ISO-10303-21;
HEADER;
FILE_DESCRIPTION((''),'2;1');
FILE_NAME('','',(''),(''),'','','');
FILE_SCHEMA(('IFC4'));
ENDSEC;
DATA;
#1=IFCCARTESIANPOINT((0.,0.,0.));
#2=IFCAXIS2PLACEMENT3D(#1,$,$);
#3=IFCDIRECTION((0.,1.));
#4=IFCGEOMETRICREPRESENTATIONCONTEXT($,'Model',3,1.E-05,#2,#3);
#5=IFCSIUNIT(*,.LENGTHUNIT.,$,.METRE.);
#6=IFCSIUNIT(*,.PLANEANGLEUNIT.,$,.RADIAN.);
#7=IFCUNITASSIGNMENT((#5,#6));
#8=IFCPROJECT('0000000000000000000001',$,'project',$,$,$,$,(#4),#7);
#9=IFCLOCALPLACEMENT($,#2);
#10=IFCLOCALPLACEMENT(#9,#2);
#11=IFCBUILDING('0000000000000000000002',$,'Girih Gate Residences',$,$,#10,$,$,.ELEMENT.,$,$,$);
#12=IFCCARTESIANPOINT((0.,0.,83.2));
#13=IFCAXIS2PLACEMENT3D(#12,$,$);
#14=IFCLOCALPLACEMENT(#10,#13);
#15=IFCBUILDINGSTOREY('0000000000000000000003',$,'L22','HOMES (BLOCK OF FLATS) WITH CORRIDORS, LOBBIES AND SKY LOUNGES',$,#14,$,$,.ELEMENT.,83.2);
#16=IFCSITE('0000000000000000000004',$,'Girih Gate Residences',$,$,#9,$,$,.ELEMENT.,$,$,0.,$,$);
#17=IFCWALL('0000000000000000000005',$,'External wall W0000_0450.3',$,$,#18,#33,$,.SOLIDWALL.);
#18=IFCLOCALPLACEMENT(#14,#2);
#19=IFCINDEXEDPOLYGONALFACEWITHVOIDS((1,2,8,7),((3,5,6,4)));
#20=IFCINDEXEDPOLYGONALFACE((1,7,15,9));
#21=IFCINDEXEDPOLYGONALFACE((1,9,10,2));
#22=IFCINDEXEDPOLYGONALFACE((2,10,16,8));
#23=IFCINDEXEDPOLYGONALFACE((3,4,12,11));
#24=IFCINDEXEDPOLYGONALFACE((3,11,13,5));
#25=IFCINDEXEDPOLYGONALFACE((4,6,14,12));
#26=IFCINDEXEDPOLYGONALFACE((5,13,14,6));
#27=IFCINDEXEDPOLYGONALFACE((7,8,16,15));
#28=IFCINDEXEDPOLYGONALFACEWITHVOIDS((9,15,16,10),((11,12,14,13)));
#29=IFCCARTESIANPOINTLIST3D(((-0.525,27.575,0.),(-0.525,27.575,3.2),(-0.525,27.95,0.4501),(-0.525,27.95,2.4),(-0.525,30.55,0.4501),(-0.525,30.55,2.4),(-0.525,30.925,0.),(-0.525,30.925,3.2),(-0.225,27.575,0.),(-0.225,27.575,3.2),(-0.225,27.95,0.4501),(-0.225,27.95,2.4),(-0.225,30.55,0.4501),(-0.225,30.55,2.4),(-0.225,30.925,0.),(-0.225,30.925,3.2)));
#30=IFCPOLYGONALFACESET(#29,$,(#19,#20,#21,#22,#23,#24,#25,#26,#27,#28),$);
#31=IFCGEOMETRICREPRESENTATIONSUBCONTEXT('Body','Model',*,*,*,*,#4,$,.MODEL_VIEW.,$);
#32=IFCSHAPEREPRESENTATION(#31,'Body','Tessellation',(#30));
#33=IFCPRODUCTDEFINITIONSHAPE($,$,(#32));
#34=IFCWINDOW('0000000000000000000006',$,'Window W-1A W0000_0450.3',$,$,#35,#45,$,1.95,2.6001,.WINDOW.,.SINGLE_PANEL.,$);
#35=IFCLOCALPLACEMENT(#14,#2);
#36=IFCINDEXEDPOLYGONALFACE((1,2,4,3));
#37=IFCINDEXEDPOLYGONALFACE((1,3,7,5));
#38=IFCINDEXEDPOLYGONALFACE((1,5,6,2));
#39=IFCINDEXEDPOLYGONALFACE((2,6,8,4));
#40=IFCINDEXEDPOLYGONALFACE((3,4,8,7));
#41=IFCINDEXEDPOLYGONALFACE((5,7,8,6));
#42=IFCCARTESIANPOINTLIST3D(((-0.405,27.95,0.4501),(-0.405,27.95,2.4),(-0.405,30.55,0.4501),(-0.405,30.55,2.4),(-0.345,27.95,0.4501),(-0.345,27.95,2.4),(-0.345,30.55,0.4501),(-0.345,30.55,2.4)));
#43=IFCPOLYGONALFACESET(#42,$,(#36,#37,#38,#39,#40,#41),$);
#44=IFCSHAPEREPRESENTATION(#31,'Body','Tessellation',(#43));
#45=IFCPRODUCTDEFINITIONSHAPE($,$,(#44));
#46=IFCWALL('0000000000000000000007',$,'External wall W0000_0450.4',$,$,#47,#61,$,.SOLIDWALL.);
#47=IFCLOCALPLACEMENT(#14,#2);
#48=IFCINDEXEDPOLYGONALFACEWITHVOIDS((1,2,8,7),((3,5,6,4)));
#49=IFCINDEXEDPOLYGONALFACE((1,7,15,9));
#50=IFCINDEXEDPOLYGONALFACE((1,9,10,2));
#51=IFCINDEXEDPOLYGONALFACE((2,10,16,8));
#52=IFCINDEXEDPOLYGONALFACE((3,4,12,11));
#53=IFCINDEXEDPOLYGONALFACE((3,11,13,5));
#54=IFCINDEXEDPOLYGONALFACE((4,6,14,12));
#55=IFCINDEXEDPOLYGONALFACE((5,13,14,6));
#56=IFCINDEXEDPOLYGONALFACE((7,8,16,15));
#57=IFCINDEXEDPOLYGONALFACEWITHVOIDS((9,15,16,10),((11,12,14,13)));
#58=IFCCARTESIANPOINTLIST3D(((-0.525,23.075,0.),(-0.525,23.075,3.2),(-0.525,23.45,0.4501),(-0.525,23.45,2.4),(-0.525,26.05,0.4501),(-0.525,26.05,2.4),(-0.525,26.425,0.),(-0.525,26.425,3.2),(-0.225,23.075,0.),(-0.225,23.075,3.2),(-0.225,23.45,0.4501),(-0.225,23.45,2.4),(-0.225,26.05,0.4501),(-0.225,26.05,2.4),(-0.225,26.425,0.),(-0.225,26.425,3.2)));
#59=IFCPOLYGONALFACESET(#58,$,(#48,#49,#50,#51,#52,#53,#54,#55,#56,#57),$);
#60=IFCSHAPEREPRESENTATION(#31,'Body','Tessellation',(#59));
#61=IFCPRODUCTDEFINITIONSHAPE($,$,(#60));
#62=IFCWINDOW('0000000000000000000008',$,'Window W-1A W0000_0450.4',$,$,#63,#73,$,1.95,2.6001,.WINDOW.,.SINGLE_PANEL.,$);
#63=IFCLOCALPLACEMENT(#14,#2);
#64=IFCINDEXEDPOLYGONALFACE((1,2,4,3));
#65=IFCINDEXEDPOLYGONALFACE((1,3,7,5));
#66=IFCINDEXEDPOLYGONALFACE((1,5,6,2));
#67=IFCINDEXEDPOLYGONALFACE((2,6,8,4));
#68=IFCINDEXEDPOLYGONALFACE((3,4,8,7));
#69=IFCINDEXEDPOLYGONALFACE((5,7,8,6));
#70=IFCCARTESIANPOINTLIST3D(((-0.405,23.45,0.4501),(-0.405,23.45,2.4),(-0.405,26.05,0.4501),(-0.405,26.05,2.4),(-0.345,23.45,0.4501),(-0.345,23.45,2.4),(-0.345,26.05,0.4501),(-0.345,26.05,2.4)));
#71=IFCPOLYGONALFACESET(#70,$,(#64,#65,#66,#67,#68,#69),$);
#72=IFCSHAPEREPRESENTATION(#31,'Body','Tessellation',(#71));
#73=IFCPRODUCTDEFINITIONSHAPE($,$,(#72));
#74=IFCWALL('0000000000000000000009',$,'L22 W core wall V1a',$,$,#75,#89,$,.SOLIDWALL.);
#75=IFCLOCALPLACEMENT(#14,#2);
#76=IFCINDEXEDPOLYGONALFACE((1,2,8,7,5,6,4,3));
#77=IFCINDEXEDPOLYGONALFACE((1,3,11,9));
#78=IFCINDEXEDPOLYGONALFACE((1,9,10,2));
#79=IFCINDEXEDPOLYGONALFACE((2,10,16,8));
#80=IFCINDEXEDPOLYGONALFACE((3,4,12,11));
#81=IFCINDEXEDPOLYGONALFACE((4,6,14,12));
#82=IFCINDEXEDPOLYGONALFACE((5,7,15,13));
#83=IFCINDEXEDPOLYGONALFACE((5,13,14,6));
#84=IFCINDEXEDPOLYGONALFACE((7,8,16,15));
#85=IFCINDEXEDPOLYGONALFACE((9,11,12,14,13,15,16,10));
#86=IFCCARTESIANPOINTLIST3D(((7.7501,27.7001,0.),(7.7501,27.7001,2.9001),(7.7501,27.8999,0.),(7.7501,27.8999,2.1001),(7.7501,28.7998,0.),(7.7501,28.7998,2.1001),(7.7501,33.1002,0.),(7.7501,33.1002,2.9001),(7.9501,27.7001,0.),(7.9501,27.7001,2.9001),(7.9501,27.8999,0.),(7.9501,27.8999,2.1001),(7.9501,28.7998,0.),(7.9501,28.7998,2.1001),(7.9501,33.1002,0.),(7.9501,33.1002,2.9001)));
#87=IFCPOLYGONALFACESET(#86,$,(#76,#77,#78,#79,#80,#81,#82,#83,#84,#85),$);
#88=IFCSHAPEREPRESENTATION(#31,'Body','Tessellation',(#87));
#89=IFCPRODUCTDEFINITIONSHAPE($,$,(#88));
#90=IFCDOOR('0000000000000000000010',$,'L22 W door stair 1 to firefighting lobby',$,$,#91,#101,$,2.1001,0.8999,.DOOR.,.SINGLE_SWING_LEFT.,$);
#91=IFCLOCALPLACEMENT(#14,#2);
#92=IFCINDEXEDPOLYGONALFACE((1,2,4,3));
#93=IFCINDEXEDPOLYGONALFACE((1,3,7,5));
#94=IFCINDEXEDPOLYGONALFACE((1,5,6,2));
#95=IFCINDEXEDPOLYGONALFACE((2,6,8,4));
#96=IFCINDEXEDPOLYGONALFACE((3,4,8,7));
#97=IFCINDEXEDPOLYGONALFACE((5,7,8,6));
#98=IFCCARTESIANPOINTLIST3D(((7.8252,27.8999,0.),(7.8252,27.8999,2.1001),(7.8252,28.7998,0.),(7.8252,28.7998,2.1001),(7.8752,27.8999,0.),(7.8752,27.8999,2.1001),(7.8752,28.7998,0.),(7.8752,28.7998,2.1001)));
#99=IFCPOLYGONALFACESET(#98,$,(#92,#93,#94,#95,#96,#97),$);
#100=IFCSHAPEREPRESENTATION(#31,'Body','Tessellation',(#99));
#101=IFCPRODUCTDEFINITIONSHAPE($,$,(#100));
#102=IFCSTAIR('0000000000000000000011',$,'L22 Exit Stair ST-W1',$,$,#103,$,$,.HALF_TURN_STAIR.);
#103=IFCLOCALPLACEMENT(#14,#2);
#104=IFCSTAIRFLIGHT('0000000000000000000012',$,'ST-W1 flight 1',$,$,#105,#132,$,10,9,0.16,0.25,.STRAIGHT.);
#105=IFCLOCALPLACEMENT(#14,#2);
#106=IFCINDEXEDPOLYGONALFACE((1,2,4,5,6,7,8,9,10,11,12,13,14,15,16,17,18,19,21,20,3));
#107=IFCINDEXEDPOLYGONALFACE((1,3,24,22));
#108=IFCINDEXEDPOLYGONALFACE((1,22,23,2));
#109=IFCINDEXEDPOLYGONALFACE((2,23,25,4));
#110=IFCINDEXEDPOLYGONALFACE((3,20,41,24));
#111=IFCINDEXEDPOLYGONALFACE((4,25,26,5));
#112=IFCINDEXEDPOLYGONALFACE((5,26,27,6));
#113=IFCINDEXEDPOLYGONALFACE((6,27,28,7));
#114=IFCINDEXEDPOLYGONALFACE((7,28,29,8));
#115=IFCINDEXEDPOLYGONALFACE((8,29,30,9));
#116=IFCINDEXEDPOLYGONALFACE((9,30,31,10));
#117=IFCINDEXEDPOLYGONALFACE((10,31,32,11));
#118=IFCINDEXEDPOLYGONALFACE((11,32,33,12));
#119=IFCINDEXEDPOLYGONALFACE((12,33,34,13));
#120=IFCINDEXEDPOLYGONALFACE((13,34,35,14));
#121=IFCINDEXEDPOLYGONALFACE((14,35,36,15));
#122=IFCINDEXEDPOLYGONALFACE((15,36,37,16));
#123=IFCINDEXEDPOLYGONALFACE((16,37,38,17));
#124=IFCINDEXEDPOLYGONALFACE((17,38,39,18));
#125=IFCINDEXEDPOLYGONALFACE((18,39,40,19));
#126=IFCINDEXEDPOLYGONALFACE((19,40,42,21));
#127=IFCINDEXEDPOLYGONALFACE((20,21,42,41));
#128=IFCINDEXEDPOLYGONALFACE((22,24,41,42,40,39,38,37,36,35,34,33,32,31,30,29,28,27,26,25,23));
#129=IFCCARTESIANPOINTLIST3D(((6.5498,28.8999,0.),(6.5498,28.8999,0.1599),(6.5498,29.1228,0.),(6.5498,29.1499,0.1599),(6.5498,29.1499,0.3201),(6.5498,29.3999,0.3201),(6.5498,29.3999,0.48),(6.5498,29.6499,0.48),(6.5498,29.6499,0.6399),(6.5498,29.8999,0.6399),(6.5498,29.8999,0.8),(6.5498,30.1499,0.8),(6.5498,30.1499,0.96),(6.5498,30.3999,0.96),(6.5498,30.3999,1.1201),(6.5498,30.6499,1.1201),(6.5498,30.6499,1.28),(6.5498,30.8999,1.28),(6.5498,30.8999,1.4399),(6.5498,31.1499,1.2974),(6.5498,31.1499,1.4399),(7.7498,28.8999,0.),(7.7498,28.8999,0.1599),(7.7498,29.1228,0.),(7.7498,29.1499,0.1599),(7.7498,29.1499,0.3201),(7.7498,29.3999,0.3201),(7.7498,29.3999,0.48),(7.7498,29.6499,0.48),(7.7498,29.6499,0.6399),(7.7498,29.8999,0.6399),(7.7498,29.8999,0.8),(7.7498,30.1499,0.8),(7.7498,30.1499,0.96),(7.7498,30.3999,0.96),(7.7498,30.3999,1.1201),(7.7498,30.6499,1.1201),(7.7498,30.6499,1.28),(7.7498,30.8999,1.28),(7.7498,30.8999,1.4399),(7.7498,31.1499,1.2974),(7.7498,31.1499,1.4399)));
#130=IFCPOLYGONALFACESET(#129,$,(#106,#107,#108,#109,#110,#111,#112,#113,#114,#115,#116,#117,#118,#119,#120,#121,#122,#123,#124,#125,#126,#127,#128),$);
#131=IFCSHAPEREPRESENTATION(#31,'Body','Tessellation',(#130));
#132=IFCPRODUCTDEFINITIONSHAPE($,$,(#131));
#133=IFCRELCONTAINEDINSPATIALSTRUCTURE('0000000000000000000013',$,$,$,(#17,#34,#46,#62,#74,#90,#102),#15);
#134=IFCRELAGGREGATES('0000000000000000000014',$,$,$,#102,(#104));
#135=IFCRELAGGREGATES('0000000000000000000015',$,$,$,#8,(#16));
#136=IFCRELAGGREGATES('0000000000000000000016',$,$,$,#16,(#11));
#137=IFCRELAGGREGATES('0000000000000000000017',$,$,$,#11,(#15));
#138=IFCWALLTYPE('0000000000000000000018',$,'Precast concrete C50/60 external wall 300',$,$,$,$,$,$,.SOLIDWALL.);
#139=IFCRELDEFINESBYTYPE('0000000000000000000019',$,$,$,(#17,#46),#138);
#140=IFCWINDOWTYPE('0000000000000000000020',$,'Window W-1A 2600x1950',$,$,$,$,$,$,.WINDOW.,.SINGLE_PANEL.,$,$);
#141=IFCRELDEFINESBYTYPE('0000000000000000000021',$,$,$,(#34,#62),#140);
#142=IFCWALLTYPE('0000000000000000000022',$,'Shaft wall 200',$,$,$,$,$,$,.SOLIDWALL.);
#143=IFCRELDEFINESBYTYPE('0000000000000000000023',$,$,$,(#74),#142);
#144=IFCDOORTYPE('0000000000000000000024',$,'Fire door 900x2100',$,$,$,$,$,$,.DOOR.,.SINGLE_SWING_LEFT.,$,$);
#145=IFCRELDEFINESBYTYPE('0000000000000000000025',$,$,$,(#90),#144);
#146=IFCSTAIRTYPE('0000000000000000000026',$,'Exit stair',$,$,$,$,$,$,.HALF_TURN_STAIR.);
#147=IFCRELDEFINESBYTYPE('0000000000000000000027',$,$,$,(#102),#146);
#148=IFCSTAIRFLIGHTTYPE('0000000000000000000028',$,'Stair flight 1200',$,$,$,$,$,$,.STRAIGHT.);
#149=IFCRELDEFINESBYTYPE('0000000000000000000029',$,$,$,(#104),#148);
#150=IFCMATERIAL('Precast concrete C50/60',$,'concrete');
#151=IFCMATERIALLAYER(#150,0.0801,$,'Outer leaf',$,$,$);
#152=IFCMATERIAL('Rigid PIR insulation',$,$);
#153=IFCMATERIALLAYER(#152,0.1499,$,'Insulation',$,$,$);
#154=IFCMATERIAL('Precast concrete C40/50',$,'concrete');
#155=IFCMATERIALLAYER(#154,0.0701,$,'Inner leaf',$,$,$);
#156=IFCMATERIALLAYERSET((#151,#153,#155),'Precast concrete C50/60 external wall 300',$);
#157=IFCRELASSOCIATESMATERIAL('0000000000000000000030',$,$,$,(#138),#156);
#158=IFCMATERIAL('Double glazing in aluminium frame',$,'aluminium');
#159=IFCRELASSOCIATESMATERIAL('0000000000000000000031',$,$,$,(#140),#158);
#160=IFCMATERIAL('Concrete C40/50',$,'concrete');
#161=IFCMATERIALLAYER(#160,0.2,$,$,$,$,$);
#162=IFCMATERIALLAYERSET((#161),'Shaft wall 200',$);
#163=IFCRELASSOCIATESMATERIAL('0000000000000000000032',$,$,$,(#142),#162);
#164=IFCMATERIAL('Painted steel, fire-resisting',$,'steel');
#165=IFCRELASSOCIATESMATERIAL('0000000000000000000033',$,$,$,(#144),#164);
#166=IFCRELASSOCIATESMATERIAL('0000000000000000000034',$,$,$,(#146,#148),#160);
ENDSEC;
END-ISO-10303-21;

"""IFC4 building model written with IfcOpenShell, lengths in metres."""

from ifc_helpers import new_model, si_unit, direction, frame, frame_2d, origin, place, context, subcontext, project, spatial, polyline, rectangle, outline, extrude, material, layer, layer_set, type_object, element, fill, aggregate, save


model = new_model("IFC4")

# Units and contexts
model_context = context("Model", 3, precision=1e-05, world=origin(), true_north=direction((0.0, 1.0)))
body_context = subcontext(model_context, "Body", "Model", "MODEL_VIEW")
ifc_project = project(units=[si_unit("LENGTHUNIT", "METRE"), si_unit("PLANEANGLEUNIT", "RADIAN")], contexts=[model_context])

# Site, building, storey
site_placement = place(None, origin())
site = spatial("IfcSite", under=ifc_project, at=site_placement, Name="Girih Gate Residences", CompositionType="ELEMENT", RefElevation=0.0)
building_placement = place(site_placement, origin())
building = spatial("IfcBuilding", under=site, at=building_placement, Name="Girih Gate Residences", CompositionType="ELEMENT")
storey_placement = place(building_placement, frame((0.0, 0.0, 83.2)))
storey = spatial("IfcBuildingStorey", under=building, at=storey_placement, Name="L22", Description="HOMES (BLOCK OF FLATS) WITH CORRIDORS, LOBBIES AND SKY LOUNGES", CompositionType="ELEMENT", Elevation=83.2)

# Shared definitions
ifc_material_1 = material(Name="Painted steel, fire-resisting", Category="steel")

# Walls, openings, windows
ifc_material_2 = material(Name="Precast concrete C50/60", Category="concrete")
ifc_layer_1 = layer(ifc_material_2, 0.0801, Name="Outer leaf")
ifc_material_3 = material(Name="Rigid PIR insulation")
ifc_layer_2 = layer(ifc_material_3, 0.1499, Name="Insulation")
ifc_material_4 = material(Name="Precast concrete C40/50", Category="concrete")
ifc_layer_3 = layer(ifc_material_4, 0.0701, Name="Inner leaf")
ifc_layer_set_1 = layer_set([ifc_layer_1, ifc_layer_2, ifc_layer_3], Name="Precast concrete C50/60 external wall 300")
wall_type_1 = type_object("IfcWallType", Name="Precast concrete C50/60 external wall 300", PredefinedType="SOLIDWALL", material=ifc_layer_set_1)
wall_1_placement = place(storey_placement, frame((-0.375, 27.575, 0.0), z_axis=(0.0, 0.0, 1.0), x_axis=(0.0, 1.0, 0.0)))
wall_1 = element("IfcWall", 1, at=wall_1_placement, inside=storey, type_object=wall_type_1, Name="External wall W0000_0450.3", PredefinedType="SOLIDWALL", context=body_context, shape_type="SweptSolid", body=[
    extrude(rectangle(XDim=3.3501, YDim=0.3, at=frame_2d((1.675, 0.0))), origin(), (0.0, 0.0, 1.0), 3.2),
])
opening_1_placement = place(wall_1_placement, frame((0.375, 0.0, 0.45)))
opening_1 = element("IfcOpeningElement", 2, at=opening_1_placement, cuts=wall_1, PredefinedType="OPENING", context=body_context, shape_type="SweptSolid", body=[
    extrude(rectangle(XDim=2.6001, YDim=1.95, at=frame_2d((1.3, 0.9751))), frame((0.0, 0.1599, 0.0), z_axis=(0.0, -1.0, 0.0), x_axis=(1.0, 0.0, 0.0)), (0.0, 0.0, 1.0), 0.3201),
])
ifc_material_5 = material(Name="Double glazing in aluminium frame", Category="aluminium")
window_type = type_object("IfcWindowType", Name="Window W-1A 2600x1950", PartitioningType="SINGLE_PANEL", PredefinedType="WINDOW", material=ifc_material_5)
window_1_placement = place(opening_1_placement, origin())
window_1 = element("IfcWindow", 3, at=window_1_placement, inside=storey, type_object=window_type, Name="Window W-1A W0000_0450.3", OverallHeight=1.95, OverallWidth=2.6001, PartitioningType="SINGLE_PANEL", PredefinedType="WINDOW", context=body_context, shape_type="SweptSolid", body=[
    extrude(rectangle(XDim=2.6001, YDim=1.95, at=frame_2d((1.3, 0.9751))), frame((0.0, 0.03, 0.0), z_axis=(0.0, -1.0, 0.0), x_axis=(1.0, 0.0, 0.0)), (0.0, 0.0, 1.0), 0.0601),
])
fill(opening_1, window_1)
wall_2_placement = place(storey_placement, frame((-0.375, 23.075, 0.0), z_axis=(0.0, 0.0, 1.0), x_axis=(0.0, 1.0, 0.0)))
wall_2 = element("IfcWall", 4, at=wall_2_placement, inside=storey, type_object=wall_type_1, Name="External wall W0000_0450.4", PredefinedType="SOLIDWALL", context=body_context, shape_type="SweptSolid", body=[
    extrude(rectangle(XDim=3.3501, YDim=0.3, at=frame_2d((1.675, 0.0))), origin(), (0.0, 0.0, 1.0), 3.2),
])
opening_2_placement = place(wall_2_placement, frame((0.375, 0.0, 0.45)))
opening_2 = element("IfcOpeningElement", 5, at=opening_2_placement, cuts=wall_2, PredefinedType="OPENING", context=body_context, shape_type="SweptSolid", body=[
    extrude(rectangle(XDim=2.6001, YDim=1.95, at=frame_2d((1.3, 0.9751))), frame((0.0, 0.1599, 0.0), z_axis=(0.0, -1.0, 0.0), x_axis=(1.0, 0.0, 0.0)), (0.0, 0.0, 1.0), 0.3201),
])
window_2_placement = place(opening_2_placement, origin())
window_2 = element("IfcWindow", 6, at=window_2_placement, inside=storey, type_object=window_type, Name="Window W-1A W0000_0450.4", OverallHeight=1.95, OverallWidth=2.6001, PartitioningType="SINGLE_PANEL", PredefinedType="WINDOW", context=body_context, shape_type="SweptSolid", body=[
    extrude(rectangle(XDim=2.6001, YDim=1.95, at=frame_2d((1.3, 0.9751))), frame((0.0, 0.03, 0.0), z_axis=(0.0, -1.0, 0.0), x_axis=(1.0, 0.0, 0.0)), (0.0, 0.0, 1.0), 0.0601),
])
fill(opening_2, window_2)

# Wall, opening, door
ifc_material_6 = material(Name="Concrete C40/50", Category="concrete")
ifc_layer_4 = layer(ifc_material_6, 0.2)
ifc_layer_set_2 = layer_set([ifc_layer_4], Name="Shaft wall 200")
wall_type_2 = type_object("IfcWallType", Name="Shaft wall 200", PredefinedType="SOLIDWALL", material=ifc_layer_set_2)
wall_3_placement = place(storey_placement, frame((7.8501, 27.7, 0.0), z_axis=(0.0, 0.0, 1.0), x_axis=(0.0, 1.0, 0.0)))
wall_3 = element("IfcWall", 7, at=wall_3_placement, inside=storey, type_object=wall_type_2, Name="L22 W core wall V1a", PredefinedType="SOLIDWALL", context=body_context, shape_type="SweptSolid", body=[
    extrude(rectangle(XDim=5.4001, YDim=0.2, at=frame_2d((2.7002, 0.0))), origin(), (0.0, 0.0, 1.0), 2.9001),
])
opening_3_placement = place(wall_3_placement, frame((0.2, 0.0, 0.0)))
opening_3 = element("IfcOpeningElement", 8, at=opening_3_placement, cuts=wall_3, PredefinedType="OPENING", context=body_context, shape_type="SweptSolid", body=[
    extrude(rectangle(XDim=0.8999, YDim=2.1001, at=frame_2d((0.45, 1.05))), frame((0.0, 0.1099, 0.0), z_axis=(0.0, -1.0, 0.0), x_axis=(1.0, 0.0, 0.0)), (0.0, 0.0, 1.0), 0.22),
])
door_type_1 = type_object("IfcDoorType", Name="Fire door 900x2100", OperationType="SINGLE_SWING_LEFT", PredefinedType="DOOR", material=ifc_material_1)
door_1_placement = place(opening_3_placement, origin())
door_1 = element("IfcDoor", 9, at=door_1_placement, inside=storey, type_object=door_type_1, Name="L22 W door stair 1 to firefighting lobby", OperationType="SINGLE_SWING_LEFT", OverallHeight=2.1001, OverallWidth=0.8999, PredefinedType="DOOR", context=body_context, shape_type="SweptSolid", body=[
    extrude(rectangle(XDim=0.8999, YDim=2.1001, at=frame_2d((0.45, 1.05))), frame((0.0, 0.0249, 0.0), z_axis=(0.0, -1.0, 0.0), x_axis=(1.0, 0.0, 0.0)), (0.0, 0.0, 1.0), 0.05),
])
fill(opening_3, door_1)

# Stair, stair flight
stair_type = type_object("IfcStairType", Name="Exit stair", PredefinedType="HALF_TURN_STAIR", material=ifc_material_6)
stair_placement = place(storey_placement, origin())
stair = element("IfcStair", 10, at=stair_placement, inside=storey, type_object=stair_type, Name="L22 Exit Stair ST-W1", PredefinedType="HALF_TURN_STAIR")
stair_flight_type = type_object("IfcStairFlightType", Name="Stair flight 1200", PredefinedType="STRAIGHT", material=ifc_material_6)
stair_flight_placement = place(storey_placement, frame((7.1499, 28.8999, 0.0), z_axis=(0.0, 0.0, 1.0), x_axis=(0.0, 1.0, 0.0)))
stair_flight = element("IfcStairFlight", 11, at=stair_flight_placement, type_object=stair_flight_type, Name="ST-W1 flight 1", NumberOfRisers=10, NumberOfTreads=9, PredefinedType="STRAIGHT", RiserHeight=0.16, TreadLength=0.25, context=body_context, shape_type="SweptSolid", body=[
    extrude(outline(polyline([(0.0, 0.0), (0.0, 0.1599), (0.25, 0.1599), (0.25, 0.3201), (0.5, 0.3201), (0.5, 0.48), (0.75, 0.48), (0.75, 0.6399), (1.0, 0.6399), (1.0, 0.8), (1.25, 0.8), (1.25, 0.96), (1.5, 0.96), (1.5, 1.1201), (1.75, 1.1201), (1.75, 1.28), (2.0, 1.28), (2.0, 1.4399), (2.25, 1.4399), (2.25, 1.6001), (2.25, 1.2974), (0.2229, 0.0), (0.0, 0.0)])), frame((0.0, 0.6001, 0.0), z_axis=(0.0, -1.0, 0.0), x_axis=(1.0, 0.0, 0.0)), (0.0, 0.0, 1.0), 1.2),
])
aggregate(stair, [stair_flight])

save(model, "model.ifc")
